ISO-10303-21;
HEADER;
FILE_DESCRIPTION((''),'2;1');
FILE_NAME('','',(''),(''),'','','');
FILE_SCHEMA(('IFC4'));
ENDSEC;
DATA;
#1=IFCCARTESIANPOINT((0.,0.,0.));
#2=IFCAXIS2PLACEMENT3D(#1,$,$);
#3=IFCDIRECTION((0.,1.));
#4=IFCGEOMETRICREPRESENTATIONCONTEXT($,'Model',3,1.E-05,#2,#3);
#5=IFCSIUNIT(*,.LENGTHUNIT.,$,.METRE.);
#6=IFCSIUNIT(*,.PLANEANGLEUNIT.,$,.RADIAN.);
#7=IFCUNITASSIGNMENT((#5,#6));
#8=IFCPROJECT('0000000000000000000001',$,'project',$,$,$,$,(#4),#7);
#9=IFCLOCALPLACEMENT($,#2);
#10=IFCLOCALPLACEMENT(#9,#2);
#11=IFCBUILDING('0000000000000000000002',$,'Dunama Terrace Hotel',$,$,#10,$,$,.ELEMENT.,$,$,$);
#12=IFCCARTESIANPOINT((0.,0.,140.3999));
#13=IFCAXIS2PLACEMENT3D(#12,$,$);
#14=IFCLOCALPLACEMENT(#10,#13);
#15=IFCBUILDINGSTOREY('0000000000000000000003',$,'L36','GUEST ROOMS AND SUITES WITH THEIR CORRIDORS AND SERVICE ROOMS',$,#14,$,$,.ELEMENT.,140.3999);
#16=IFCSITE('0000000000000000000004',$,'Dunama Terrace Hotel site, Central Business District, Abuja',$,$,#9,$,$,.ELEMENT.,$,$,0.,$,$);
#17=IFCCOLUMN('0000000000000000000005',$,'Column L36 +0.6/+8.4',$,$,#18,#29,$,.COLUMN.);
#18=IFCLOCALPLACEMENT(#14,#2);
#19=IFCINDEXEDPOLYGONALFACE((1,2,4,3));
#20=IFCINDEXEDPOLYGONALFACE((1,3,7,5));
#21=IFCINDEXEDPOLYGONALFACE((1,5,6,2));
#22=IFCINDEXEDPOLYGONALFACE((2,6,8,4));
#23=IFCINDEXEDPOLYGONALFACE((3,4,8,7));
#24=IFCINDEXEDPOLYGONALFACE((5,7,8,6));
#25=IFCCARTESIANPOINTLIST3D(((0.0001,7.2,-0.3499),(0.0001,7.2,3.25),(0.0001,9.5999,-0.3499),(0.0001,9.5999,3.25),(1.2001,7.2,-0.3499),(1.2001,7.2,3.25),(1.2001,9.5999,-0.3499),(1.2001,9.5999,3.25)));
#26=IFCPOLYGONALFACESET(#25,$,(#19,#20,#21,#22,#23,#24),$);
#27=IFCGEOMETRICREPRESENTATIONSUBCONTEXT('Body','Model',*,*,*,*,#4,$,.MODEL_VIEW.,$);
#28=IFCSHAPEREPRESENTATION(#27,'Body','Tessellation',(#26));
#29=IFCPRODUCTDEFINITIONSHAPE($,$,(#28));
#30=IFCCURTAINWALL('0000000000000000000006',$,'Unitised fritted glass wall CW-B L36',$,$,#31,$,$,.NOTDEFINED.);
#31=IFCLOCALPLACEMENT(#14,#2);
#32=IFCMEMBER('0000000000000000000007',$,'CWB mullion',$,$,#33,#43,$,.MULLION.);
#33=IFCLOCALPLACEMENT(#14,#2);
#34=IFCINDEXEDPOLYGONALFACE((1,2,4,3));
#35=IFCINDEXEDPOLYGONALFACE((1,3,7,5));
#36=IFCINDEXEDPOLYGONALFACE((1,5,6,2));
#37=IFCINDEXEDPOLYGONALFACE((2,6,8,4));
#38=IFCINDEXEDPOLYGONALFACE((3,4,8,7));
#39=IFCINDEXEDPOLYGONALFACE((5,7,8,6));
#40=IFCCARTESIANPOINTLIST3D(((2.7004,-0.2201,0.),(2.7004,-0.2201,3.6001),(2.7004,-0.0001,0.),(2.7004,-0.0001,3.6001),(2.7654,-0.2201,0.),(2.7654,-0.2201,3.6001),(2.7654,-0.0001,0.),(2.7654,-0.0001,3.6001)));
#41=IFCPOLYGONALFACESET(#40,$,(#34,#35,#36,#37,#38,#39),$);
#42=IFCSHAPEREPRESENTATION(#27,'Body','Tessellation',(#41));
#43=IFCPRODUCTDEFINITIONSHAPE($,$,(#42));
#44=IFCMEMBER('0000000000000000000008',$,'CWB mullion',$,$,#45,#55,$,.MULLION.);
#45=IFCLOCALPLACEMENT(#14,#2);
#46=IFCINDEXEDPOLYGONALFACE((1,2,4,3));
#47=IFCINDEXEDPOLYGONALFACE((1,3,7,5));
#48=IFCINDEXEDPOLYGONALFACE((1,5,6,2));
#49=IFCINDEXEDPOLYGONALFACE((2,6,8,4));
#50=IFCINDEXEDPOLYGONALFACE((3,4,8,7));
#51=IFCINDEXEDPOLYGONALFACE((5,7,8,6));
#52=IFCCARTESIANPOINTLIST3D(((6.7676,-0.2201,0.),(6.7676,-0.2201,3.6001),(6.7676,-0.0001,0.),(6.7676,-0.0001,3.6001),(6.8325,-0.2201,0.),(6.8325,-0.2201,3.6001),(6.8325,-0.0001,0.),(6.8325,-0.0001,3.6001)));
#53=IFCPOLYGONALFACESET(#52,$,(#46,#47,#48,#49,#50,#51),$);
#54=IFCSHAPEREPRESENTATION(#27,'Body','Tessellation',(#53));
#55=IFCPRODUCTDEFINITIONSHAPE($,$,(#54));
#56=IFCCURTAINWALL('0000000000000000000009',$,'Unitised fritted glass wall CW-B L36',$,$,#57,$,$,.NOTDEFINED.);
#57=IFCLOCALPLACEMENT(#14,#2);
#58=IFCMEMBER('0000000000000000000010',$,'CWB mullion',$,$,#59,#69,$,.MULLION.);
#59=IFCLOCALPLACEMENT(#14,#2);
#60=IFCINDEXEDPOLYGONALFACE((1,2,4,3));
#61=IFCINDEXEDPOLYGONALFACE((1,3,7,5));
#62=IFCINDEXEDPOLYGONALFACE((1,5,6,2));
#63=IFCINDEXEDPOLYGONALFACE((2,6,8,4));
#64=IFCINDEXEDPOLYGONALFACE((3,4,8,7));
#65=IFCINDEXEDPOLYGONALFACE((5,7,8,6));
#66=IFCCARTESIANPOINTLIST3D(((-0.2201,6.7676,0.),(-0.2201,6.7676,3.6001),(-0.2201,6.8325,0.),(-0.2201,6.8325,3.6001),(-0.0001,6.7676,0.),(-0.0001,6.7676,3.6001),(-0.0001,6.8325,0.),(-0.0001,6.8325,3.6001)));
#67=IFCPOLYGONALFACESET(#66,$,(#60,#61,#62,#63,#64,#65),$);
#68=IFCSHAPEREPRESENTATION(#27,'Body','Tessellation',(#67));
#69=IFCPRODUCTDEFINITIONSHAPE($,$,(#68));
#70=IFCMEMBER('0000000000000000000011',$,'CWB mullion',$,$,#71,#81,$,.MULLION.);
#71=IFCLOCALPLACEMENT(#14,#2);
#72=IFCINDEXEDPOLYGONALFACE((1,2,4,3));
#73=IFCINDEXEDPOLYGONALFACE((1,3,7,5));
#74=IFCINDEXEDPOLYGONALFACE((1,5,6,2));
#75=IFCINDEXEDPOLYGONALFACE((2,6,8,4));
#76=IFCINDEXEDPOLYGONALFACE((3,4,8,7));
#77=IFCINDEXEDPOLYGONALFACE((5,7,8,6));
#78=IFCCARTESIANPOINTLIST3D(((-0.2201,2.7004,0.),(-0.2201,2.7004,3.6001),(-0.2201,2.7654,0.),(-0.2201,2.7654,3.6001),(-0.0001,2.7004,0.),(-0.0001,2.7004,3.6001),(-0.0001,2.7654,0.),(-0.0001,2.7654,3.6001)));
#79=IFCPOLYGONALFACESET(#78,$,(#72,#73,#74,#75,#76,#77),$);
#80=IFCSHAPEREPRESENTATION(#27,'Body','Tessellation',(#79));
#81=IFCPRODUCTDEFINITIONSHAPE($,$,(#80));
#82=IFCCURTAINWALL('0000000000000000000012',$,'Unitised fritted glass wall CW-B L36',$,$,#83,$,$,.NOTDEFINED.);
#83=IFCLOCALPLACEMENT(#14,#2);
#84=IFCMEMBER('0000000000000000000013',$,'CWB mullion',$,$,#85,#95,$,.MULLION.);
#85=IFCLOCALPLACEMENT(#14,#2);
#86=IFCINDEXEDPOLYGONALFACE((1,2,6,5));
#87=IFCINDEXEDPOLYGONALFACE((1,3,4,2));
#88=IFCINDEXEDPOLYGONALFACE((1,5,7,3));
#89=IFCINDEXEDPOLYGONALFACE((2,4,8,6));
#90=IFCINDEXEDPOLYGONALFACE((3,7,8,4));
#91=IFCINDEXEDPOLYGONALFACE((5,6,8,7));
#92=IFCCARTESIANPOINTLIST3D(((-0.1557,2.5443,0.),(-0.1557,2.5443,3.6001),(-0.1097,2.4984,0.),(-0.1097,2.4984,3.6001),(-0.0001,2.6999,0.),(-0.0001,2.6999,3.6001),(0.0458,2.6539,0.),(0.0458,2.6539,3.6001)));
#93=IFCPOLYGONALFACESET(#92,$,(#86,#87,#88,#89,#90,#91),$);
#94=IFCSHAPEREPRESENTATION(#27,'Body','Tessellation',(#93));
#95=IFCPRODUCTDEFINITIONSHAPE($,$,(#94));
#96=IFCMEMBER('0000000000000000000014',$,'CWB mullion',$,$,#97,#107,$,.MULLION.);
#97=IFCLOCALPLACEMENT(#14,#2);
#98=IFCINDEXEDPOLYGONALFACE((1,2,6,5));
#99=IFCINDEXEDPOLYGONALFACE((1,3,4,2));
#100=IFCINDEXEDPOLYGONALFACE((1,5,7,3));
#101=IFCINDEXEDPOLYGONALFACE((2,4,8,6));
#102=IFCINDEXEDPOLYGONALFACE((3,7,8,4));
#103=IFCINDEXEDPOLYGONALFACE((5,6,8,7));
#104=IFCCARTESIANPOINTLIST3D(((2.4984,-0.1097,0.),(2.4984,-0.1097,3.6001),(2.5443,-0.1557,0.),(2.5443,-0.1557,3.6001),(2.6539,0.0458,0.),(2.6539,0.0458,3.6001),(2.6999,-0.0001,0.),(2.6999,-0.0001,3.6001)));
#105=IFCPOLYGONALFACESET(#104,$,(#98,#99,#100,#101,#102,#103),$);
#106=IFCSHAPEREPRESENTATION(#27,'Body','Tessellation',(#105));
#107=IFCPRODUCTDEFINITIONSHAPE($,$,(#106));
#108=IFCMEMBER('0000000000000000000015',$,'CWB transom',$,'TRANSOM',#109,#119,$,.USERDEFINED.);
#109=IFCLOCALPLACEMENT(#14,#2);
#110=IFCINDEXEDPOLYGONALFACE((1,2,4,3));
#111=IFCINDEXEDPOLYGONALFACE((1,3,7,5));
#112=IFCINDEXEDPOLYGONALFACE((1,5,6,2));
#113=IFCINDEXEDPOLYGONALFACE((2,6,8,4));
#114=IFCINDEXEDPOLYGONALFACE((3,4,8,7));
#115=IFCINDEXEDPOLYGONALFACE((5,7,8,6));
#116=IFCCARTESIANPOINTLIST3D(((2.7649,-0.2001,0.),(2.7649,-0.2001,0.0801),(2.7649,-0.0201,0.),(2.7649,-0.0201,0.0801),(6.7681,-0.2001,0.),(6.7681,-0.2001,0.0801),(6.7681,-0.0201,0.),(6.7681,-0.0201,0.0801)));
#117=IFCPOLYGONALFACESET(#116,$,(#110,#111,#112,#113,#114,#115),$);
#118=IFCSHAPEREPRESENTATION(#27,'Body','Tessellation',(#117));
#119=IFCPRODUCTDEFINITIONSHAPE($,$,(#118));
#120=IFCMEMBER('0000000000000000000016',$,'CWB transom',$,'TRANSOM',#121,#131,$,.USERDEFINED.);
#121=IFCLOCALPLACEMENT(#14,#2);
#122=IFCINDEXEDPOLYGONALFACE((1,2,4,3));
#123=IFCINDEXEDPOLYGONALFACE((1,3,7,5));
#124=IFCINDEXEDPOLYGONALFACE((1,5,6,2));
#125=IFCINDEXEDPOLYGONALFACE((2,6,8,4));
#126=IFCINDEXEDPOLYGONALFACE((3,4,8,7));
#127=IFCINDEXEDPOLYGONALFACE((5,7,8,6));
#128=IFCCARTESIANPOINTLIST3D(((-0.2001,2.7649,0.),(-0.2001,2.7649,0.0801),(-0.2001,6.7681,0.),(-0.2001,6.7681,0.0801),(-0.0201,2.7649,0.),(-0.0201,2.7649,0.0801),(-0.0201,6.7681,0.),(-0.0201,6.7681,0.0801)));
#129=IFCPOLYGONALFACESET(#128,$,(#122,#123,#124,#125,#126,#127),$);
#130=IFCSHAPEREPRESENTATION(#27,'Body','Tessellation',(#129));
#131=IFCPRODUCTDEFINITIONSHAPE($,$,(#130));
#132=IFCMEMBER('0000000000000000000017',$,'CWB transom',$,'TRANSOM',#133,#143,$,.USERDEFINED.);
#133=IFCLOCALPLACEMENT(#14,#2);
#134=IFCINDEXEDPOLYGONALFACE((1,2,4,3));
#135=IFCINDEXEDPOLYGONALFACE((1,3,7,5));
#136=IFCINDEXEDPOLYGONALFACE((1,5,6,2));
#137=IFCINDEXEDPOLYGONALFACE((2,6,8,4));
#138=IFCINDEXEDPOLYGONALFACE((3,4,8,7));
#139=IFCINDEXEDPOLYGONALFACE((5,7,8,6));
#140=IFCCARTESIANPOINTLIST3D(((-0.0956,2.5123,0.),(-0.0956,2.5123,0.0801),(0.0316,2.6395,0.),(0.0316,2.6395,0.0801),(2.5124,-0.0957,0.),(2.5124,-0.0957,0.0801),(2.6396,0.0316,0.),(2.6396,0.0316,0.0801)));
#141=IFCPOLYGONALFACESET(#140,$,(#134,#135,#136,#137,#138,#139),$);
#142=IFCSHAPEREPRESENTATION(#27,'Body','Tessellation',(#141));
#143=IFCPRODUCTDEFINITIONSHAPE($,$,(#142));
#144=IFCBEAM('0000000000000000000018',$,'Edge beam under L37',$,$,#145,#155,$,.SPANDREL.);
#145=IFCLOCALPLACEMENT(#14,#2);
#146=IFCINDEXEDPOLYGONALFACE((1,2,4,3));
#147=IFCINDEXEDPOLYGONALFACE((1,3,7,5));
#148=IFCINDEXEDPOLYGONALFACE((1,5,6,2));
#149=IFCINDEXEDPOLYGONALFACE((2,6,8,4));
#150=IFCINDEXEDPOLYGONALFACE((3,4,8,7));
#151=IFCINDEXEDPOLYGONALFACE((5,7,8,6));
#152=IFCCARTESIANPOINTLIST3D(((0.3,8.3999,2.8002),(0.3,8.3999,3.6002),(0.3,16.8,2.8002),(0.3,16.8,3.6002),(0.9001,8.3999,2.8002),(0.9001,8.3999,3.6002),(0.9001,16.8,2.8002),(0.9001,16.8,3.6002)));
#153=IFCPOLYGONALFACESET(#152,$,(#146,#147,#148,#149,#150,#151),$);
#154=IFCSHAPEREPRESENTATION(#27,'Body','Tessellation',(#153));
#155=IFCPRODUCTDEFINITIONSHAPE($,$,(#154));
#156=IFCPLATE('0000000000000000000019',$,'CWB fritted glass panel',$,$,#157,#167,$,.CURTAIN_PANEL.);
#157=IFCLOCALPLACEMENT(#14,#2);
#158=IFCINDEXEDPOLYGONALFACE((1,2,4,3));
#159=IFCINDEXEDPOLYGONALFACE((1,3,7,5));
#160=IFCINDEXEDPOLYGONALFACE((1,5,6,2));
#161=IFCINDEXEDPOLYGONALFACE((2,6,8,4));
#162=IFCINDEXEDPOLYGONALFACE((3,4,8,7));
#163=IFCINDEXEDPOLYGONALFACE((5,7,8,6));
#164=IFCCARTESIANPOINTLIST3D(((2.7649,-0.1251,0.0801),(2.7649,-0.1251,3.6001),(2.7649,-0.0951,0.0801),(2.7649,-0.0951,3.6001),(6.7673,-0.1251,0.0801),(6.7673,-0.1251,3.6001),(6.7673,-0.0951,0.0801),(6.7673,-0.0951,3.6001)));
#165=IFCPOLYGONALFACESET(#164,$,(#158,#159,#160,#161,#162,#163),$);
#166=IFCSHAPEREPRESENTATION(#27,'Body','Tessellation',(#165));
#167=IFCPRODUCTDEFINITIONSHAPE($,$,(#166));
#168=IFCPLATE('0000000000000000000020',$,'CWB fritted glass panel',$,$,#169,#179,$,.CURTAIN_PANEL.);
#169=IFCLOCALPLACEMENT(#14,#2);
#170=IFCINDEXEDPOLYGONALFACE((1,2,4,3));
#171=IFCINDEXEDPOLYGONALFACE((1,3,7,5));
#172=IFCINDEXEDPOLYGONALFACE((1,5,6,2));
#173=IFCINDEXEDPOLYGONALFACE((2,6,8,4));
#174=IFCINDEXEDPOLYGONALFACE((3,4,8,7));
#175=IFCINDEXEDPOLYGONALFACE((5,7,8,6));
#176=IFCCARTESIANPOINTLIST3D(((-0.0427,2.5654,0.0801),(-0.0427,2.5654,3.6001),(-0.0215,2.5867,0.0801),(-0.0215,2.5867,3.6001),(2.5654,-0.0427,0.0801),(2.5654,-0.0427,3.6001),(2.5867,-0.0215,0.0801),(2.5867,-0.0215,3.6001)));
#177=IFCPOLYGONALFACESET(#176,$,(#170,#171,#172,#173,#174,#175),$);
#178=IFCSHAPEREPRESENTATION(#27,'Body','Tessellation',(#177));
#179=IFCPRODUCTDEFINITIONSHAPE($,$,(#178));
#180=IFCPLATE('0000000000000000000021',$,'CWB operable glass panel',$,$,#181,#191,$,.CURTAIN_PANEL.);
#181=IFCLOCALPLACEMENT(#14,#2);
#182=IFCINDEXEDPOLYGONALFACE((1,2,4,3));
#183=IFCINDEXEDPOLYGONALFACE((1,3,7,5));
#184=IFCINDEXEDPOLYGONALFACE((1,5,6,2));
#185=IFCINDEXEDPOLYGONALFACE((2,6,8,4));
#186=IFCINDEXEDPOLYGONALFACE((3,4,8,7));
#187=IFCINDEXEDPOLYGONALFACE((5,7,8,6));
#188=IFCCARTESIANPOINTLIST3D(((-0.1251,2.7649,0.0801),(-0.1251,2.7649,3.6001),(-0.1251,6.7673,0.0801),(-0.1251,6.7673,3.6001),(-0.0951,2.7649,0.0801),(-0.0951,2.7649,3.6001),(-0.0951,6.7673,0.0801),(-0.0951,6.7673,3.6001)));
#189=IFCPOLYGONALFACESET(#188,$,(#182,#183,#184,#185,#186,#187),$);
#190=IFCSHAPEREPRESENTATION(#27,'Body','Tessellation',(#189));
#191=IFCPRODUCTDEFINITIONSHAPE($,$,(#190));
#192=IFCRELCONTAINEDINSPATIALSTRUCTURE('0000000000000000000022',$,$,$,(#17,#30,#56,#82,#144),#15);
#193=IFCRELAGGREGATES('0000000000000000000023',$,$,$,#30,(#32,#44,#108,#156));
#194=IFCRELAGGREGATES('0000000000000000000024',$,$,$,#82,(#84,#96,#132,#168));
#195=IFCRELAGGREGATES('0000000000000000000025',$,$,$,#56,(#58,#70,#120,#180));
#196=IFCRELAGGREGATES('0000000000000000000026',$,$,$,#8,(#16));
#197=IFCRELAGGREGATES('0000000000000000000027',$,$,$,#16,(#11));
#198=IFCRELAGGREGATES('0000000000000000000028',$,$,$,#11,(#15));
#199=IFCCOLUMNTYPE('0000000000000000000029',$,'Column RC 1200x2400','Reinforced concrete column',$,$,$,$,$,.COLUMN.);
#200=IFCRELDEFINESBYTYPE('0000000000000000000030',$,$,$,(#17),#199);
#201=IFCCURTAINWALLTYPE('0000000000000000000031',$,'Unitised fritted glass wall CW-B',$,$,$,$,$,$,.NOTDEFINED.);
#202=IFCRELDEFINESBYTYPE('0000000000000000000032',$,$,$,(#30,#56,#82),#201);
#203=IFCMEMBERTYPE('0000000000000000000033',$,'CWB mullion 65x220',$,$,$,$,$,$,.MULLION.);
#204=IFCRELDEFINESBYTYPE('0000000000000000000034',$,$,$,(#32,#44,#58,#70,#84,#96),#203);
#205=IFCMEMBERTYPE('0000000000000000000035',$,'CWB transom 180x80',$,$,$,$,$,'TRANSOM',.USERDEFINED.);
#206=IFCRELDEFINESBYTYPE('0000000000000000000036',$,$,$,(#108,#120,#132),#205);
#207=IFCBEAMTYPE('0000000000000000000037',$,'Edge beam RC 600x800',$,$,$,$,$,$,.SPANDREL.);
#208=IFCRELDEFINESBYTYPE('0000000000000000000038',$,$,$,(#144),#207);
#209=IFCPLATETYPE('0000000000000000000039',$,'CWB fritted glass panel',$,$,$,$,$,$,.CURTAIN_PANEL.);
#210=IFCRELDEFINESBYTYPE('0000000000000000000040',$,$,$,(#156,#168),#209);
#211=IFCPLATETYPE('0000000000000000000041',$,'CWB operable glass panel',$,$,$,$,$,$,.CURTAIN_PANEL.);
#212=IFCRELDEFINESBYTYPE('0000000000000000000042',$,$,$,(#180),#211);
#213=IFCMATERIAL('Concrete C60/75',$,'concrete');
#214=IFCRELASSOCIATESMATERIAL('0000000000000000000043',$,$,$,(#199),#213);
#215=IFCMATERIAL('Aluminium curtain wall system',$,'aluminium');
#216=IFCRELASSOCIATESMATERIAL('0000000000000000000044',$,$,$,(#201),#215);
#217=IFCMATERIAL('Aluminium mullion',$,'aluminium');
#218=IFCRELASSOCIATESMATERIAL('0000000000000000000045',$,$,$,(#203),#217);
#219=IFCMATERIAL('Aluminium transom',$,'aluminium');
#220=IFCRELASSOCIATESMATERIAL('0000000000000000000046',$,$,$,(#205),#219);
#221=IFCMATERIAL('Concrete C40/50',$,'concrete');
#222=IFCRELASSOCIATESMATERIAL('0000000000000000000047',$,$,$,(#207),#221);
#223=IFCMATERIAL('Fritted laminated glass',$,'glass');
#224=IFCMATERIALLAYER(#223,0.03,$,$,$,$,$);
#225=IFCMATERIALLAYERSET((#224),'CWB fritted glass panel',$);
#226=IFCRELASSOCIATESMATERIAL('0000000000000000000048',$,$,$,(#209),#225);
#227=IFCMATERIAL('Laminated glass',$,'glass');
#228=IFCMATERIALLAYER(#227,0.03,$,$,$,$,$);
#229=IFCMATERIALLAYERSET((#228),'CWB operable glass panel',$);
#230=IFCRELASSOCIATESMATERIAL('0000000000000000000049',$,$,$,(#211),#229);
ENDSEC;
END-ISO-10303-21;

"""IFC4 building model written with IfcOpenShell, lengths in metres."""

from ifc_helpers import new_model, si_unit, direction, frame, origin, origin_2d, place, context, subcontext, project, spatial, rectangle, extrude, material, layer, layer_set, material_profile, profile_set, type_object, element, aggregate, save


model = new_model("IFC4")

# Units and contexts
model_context = context("Model", 3, precision=1e-05, world=origin(), true_north=direction((0.0, 1.0)))
body_context = subcontext(model_context, "Body", "Model", "MODEL_VIEW")
ifc_project = project(units=[si_unit("LENGTHUNIT", "METRE"), si_unit("PLANEANGLEUNIT", "RADIAN")], contexts=[model_context])

# Site, building, storey
site_placement = place(None, origin())
site = spatial("IfcSite", under=ifc_project, at=site_placement, Name="Dunama Terrace Hotel site, Central Business District, Abuja", CompositionType="ELEMENT", RefElevation=0.0)
building_placement = place(site_placement, origin())
building = spatial("IfcBuilding", under=site, at=building_placement, Name="Dunama Terrace Hotel", CompositionType="ELEMENT")
storey_placement = place(building_placement, frame((0.0, 0.0, 140.3999)))
storey = spatial("IfcBuildingStorey", under=building, at=storey_placement, Name="L36", Description="GUEST ROOMS AND SUITES WITH THEIR CORRIDORS AND SERVICE ROOMS", CompositionType="ELEMENT", Elevation=140.3999)

# Column
ifc_material_1 = material(Name="Concrete C60/75", Category="concrete")
ifc_material_profile_1 = material_profile(ifc_material_1, rectangle(XDim=1.2, YDim=2.3999, at=origin_2d()), Name="RC 1200x2400")
ifc_profile_set_1 = profile_set([ifc_material_profile_1], Name="Concrete C60/75")
column_type = type_object("IfcColumnType", Name="Column RC 1200x2400", Description="Reinforced concrete column", PredefinedType="COLUMN", material=ifc_profile_set_1)
column_placement = place(storey_placement, frame((0.6001, 8.3999, -0.3499), z_axis=(0.0, 0.0, 1.0), x_axis=(1.0, 0.0, 0.0)))
element("IfcColumn", 1, at=column_placement, inside=storey, type_object=column_type, Name="Column L36 +0.6/+8.4", PredefinedType="COLUMN", context=body_context, shape_type="SweptSolid", body=[
    extrude(rectangle(XDim=1.2, YDim=2.3999, at=origin_2d()), origin(), (0.0, 0.0, 1.0), 3.5999),
])

# Curtain walls, members
ifc_material_2 = material(Name="Aluminium curtain wall system", Category="aluminium")
curtain_wall_type = type_object("IfcCurtainWallType", Name="Unitised fritted glass wall CW-B", PredefinedType="NOTDEFINED", material=ifc_material_2)
curtain_wall_1_placement = place(storey_placement, origin())
curtain_wall_1 = element("IfcCurtainWall", 2, at=curtain_wall_1_placement, inside=storey, type_object=curtain_wall_type, Name="Unitised fritted glass wall CW-B L36", PredefinedType="NOTDEFINED")
ifc_material_3 = material(Name="Aluminium mullion", Category="aluminium")
ifc_material_profile_2 = material_profile(ifc_material_3, rectangle(XDim=0.0649, YDim=0.22, at=origin_2d()), Name="CWB MULLION 65X220")
ifc_profile_set_2 = profile_set([ifc_material_profile_2], Name="Aluminium mullion")
member_type_1 = type_object("IfcMemberType", Name="CWB mullion 65x220", PredefinedType="MULLION", material=ifc_profile_set_2)
member_1_placement = place(storey_placement, frame((2.7329, -0.1101, 0.0), z_axis=(0.0, 0.0, 1.0), x_axis=(1.0, 0.0, 0.0)))
member_1 = element("IfcMember", 3, at=member_1_placement, type_object=member_type_1, Name="CWB mullion", PredefinedType="MULLION", context=body_context, shape_type="SweptSolid", body=[
    extrude(rectangle(XDim=0.0649, YDim=0.22, at=origin_2d()), origin(), (0.0, 0.0, 1.0), 3.6001),
])
member_2_placement = place(storey_placement, frame((6.8, -0.1101, 0.0), z_axis=(0.0, 0.0, 1.0), x_axis=(1.0, 0.0, 0.0)))
member_2 = element("IfcMember", 4, at=member_2_placement, type_object=member_type_1, Name="CWB mullion", PredefinedType="MULLION", context=body_context, shape_type="SweptSolid", body=[
    extrude(rectangle(XDim=0.0649, YDim=0.22, at=origin_2d()), origin(), (0.0, 0.0, 1.0), 3.6001),
])
curtain_wall_2_placement = place(storey_placement, origin())
curtain_wall_2 = element("IfcCurtainWall", 5, at=curtain_wall_2_placement, inside=storey, type_object=curtain_wall_type, Name="Unitised fritted glass wall CW-B L36", PredefinedType="NOTDEFINED")
member_3_placement = place(storey_placement, frame((-0.1101, 6.8, 0.0), z_axis=(0.0, 0.0, 1.0), x_axis=(0.0, -1.0, 0.0)))
member_3 = element("IfcMember", 6, at=member_3_placement, type_object=member_type_1, Name="CWB mullion", PredefinedType="MULLION", context=body_context, shape_type="SweptSolid", body=[
    extrude(rectangle(XDim=0.0649, YDim=0.22, at=origin_2d()), origin(), (0.0, 0.0, 1.0), 3.6001),
])
member_4_placement = place(storey_placement, frame((-0.1101, 2.7329, 0.0), z_axis=(0.0, 0.0, 1.0), x_axis=(0.0, -1.0, 0.0)))
member_4 = element("IfcMember", 7, at=member_4_placement, type_object=member_type_1, Name="CWB mullion", PredefinedType="MULLION", context=body_context, shape_type="SweptSolid", body=[
    extrude(rectangle(XDim=0.0649, YDim=0.22, at=origin_2d()), origin(), (0.0, 0.0, 1.0), 3.6001),
])
curtain_wall_3_placement = place(storey_placement, origin())
curtain_wall_3 = element("IfcCurtainWall", 8, at=curtain_wall_3_placement, inside=storey, type_object=curtain_wall_type, Name="Unitised fritted glass wall CW-B L36", PredefinedType="NOTDEFINED")
member_5_placement = place(storey_placement, frame((-0.0549, 2.5991, 0.0), z_axis=(0.0, 0.0, 1.0), x_axis=(0.707107, -0.707107, 0.0)))
member_5 = element("IfcMember", 9, at=member_5_placement, type_object=member_type_1, Name="CWB mullion", PredefinedType="MULLION", context=body_context, shape_type="SweptSolid", body=[
    extrude(rectangle(XDim=0.0649, YDim=0.22, at=origin_2d()), origin(), (0.0, 0.0, 1.0), 3.6001),
])
member_6_placement = place(storey_placement, frame((2.5991, -0.0549, 0.0), z_axis=(0.0, 0.0, 1.0), x_axis=(0.707107, -0.707107, 0.0)))
member_6 = element("IfcMember", 10, at=member_6_placement, type_object=member_type_1, Name="CWB mullion", PredefinedType="MULLION", context=body_context, shape_type="SweptSolid", body=[
    extrude(rectangle(XDim=0.0649, YDim=0.22, at=origin_2d()), origin(), (0.0, 0.0, 1.0), 3.6001),
])

# Members
ifc_material_4 = material(Name="Aluminium transom", Category="aluminium")
ifc_material_profile_3 = material_profile(ifc_material_4, rectangle(XDim=0.1799, YDim=0.0801, at=origin_2d()), Name="CWB TRANSOM 180X80")
ifc_profile_set_3 = profile_set([ifc_material_profile_3], Name="Aluminium transom")
member_type_2 = type_object("IfcMemberType", Name="CWB transom 180x80", ElementType="TRANSOM", PredefinedType="USERDEFINED", material=ifc_profile_set_3)
member_7_placement = place(storey_placement, frame((2.7649, -0.1101, 0.04), z_axis=(1.0, 0.0, 0.0), x_axis=(0.0, 1.0, 0.0)))
member_7 = element("IfcMember", 11, at=member_7_placement, type_object=member_type_2, Name="CWB transom", ObjectType="TRANSOM", PredefinedType="USERDEFINED", context=body_context, shape_type="SweptSolid", body=[
    extrude(rectangle(XDim=0.1799, YDim=0.0801, at=origin_2d()), origin(), (0.0, 0.0, 1.0), 4.0032),
])
member_8_placement = place(storey_placement, frame((-0.1101, 6.7681, 0.04), z_axis=(0.0, -1.0, 0.0), x_axis=(1.0, 0.0, 0.0)))
member_8 = element("IfcMember", 12, at=member_8_placement, type_object=member_type_2, Name="CWB transom", ObjectType="TRANSOM", PredefinedType="USERDEFINED", context=body_context, shape_type="SweptSolid", body=[
    extrude(rectangle(XDim=0.1799, YDim=0.0801, at=origin_2d()), origin(), (0.0, 0.0, 1.0), 4.0032),
])
member_9_placement = place(storey_placement, frame((-0.032, 2.5759, 0.04), z_axis=(0.707107, -0.707107, 0.0), x_axis=(0.707107, 0.707107, 0.0)))
member_9 = element("IfcMember", 13, at=member_9_placement, type_object=member_type_2, Name="CWB transom", ObjectType="TRANSOM", PredefinedType="USERDEFINED", context=body_context, shape_type="SweptSolid", body=[
    extrude(rectangle(XDim=0.1799, YDim=0.0801, at=origin_2d()), origin(), (0.0, 0.0, 1.0), 3.6882),
])

# Beam
ifc_material_5 = material(Name="Concrete C40/50", Category="concrete")
ifc_material_profile_4 = material_profile(ifc_material_5, rectangle(XDim=0.6001, YDim=0.8, at=origin_2d()), Name="RC 600x800")
ifc_profile_set_4 = profile_set([ifc_material_profile_4], Name="Concrete C40/50")
beam_type = type_object("IfcBeamType", Name="Edge beam RC 600x800", PredefinedType="SPANDREL", material=ifc_profile_set_4)
beam_placement = place(storey_placement, frame((0.6001, 8.3999, 3.2002), z_axis=(0.0, 1.0, 0.0), x_axis=(-1.0, 0.0, 0.0)))
element("IfcBeam", 14, at=beam_placement, inside=storey, type_object=beam_type, Name="Edge beam under L37", PredefinedType="SPANDREL", context=body_context, shape_type="SweptSolid", body=[
    extrude(rectangle(XDim=0.6001, YDim=0.8, at=origin_2d()), origin(), (0.0, 0.0, 1.0), 8.4001),
])

# Plates
ifc_material_6 = material(Name="Fritted laminated glass", Category="glass")
ifc_layer_1 = layer(ifc_material_6, 0.03)
ifc_layer_set_1 = layer_set([ifc_layer_1], Name="CWB fritted glass panel")
plate_type_1 = type_object("IfcPlateType", Name="CWB fritted glass panel", PredefinedType="CURTAIN_PANEL", material=ifc_layer_set_1)
plate_1_placement = place(storey_placement, frame((4.7661, -0.1101, 0.0801), z_axis=(0.0, 0.0, 1.0), x_axis=(1.0, 0.0, 0.0)))
plate_1 = element("IfcPlate", 15, at=plate_1_placement, type_object=plate_type_1, Name="CWB fritted glass panel", PredefinedType="CURTAIN_PANEL", context=body_context, shape_type="SweptSolid", body=[
    extrude(rectangle(XDim=4.0024, YDim=0.03, at=origin_2d()), origin(), (0.0, 0.0, 1.0), 3.52),
])
aggregate(curtain_wall_1, [member_1, member_2, member_7, plate_1])
plate_2_placement = place(storey_placement, frame((1.272, 1.272, 0.0801), z_axis=(0.0, 0.0, 1.0), x_axis=(0.707107, -0.707107, 0.0)))
plate_2 = element("IfcPlate", 16, at=plate_2_placement, type_object=plate_type_1, Name="CWB fritted glass panel", PredefinedType="CURTAIN_PANEL", context=body_context, shape_type="SweptSolid", body=[
    extrude(rectangle(XDim=3.6885, YDim=0.03, at=origin_2d()), origin(), (0.0, 0.0, 1.0), 3.52),
])
aggregate(curtain_wall_3, [member_5, member_6, member_9, plate_2])
ifc_material_7 = material(Name="Laminated glass", Category="glass")
ifc_layer_2 = layer(ifc_material_7, 0.03)
ifc_layer_set_2 = layer_set([ifc_layer_2], Name="CWB operable glass panel")
plate_type_2 = type_object("IfcPlateType", Name="CWB operable glass panel", PredefinedType="CURTAIN_PANEL", material=ifc_layer_set_2)
plate_3_placement = place(storey_placement, frame((-0.1101, 4.7661, 0.0801), z_axis=(0.0, 0.0, 1.0), x_axis=(0.0, -1.0, 0.0)))
plate_3 = element("IfcPlate", 17, at=plate_3_placement, type_object=plate_type_2, Name="CWB operable glass panel", PredefinedType="CURTAIN_PANEL", context=body_context, shape_type="SweptSolid", body=[
    extrude(rectangle(XDim=4.0024, YDim=0.03, at=origin_2d()), origin(), (0.0, 0.0, 1.0), 3.52),
])
aggregate(curtain_wall_2, [member_3, member_4, member_8, plate_3])

save(model, "model.ifc")
